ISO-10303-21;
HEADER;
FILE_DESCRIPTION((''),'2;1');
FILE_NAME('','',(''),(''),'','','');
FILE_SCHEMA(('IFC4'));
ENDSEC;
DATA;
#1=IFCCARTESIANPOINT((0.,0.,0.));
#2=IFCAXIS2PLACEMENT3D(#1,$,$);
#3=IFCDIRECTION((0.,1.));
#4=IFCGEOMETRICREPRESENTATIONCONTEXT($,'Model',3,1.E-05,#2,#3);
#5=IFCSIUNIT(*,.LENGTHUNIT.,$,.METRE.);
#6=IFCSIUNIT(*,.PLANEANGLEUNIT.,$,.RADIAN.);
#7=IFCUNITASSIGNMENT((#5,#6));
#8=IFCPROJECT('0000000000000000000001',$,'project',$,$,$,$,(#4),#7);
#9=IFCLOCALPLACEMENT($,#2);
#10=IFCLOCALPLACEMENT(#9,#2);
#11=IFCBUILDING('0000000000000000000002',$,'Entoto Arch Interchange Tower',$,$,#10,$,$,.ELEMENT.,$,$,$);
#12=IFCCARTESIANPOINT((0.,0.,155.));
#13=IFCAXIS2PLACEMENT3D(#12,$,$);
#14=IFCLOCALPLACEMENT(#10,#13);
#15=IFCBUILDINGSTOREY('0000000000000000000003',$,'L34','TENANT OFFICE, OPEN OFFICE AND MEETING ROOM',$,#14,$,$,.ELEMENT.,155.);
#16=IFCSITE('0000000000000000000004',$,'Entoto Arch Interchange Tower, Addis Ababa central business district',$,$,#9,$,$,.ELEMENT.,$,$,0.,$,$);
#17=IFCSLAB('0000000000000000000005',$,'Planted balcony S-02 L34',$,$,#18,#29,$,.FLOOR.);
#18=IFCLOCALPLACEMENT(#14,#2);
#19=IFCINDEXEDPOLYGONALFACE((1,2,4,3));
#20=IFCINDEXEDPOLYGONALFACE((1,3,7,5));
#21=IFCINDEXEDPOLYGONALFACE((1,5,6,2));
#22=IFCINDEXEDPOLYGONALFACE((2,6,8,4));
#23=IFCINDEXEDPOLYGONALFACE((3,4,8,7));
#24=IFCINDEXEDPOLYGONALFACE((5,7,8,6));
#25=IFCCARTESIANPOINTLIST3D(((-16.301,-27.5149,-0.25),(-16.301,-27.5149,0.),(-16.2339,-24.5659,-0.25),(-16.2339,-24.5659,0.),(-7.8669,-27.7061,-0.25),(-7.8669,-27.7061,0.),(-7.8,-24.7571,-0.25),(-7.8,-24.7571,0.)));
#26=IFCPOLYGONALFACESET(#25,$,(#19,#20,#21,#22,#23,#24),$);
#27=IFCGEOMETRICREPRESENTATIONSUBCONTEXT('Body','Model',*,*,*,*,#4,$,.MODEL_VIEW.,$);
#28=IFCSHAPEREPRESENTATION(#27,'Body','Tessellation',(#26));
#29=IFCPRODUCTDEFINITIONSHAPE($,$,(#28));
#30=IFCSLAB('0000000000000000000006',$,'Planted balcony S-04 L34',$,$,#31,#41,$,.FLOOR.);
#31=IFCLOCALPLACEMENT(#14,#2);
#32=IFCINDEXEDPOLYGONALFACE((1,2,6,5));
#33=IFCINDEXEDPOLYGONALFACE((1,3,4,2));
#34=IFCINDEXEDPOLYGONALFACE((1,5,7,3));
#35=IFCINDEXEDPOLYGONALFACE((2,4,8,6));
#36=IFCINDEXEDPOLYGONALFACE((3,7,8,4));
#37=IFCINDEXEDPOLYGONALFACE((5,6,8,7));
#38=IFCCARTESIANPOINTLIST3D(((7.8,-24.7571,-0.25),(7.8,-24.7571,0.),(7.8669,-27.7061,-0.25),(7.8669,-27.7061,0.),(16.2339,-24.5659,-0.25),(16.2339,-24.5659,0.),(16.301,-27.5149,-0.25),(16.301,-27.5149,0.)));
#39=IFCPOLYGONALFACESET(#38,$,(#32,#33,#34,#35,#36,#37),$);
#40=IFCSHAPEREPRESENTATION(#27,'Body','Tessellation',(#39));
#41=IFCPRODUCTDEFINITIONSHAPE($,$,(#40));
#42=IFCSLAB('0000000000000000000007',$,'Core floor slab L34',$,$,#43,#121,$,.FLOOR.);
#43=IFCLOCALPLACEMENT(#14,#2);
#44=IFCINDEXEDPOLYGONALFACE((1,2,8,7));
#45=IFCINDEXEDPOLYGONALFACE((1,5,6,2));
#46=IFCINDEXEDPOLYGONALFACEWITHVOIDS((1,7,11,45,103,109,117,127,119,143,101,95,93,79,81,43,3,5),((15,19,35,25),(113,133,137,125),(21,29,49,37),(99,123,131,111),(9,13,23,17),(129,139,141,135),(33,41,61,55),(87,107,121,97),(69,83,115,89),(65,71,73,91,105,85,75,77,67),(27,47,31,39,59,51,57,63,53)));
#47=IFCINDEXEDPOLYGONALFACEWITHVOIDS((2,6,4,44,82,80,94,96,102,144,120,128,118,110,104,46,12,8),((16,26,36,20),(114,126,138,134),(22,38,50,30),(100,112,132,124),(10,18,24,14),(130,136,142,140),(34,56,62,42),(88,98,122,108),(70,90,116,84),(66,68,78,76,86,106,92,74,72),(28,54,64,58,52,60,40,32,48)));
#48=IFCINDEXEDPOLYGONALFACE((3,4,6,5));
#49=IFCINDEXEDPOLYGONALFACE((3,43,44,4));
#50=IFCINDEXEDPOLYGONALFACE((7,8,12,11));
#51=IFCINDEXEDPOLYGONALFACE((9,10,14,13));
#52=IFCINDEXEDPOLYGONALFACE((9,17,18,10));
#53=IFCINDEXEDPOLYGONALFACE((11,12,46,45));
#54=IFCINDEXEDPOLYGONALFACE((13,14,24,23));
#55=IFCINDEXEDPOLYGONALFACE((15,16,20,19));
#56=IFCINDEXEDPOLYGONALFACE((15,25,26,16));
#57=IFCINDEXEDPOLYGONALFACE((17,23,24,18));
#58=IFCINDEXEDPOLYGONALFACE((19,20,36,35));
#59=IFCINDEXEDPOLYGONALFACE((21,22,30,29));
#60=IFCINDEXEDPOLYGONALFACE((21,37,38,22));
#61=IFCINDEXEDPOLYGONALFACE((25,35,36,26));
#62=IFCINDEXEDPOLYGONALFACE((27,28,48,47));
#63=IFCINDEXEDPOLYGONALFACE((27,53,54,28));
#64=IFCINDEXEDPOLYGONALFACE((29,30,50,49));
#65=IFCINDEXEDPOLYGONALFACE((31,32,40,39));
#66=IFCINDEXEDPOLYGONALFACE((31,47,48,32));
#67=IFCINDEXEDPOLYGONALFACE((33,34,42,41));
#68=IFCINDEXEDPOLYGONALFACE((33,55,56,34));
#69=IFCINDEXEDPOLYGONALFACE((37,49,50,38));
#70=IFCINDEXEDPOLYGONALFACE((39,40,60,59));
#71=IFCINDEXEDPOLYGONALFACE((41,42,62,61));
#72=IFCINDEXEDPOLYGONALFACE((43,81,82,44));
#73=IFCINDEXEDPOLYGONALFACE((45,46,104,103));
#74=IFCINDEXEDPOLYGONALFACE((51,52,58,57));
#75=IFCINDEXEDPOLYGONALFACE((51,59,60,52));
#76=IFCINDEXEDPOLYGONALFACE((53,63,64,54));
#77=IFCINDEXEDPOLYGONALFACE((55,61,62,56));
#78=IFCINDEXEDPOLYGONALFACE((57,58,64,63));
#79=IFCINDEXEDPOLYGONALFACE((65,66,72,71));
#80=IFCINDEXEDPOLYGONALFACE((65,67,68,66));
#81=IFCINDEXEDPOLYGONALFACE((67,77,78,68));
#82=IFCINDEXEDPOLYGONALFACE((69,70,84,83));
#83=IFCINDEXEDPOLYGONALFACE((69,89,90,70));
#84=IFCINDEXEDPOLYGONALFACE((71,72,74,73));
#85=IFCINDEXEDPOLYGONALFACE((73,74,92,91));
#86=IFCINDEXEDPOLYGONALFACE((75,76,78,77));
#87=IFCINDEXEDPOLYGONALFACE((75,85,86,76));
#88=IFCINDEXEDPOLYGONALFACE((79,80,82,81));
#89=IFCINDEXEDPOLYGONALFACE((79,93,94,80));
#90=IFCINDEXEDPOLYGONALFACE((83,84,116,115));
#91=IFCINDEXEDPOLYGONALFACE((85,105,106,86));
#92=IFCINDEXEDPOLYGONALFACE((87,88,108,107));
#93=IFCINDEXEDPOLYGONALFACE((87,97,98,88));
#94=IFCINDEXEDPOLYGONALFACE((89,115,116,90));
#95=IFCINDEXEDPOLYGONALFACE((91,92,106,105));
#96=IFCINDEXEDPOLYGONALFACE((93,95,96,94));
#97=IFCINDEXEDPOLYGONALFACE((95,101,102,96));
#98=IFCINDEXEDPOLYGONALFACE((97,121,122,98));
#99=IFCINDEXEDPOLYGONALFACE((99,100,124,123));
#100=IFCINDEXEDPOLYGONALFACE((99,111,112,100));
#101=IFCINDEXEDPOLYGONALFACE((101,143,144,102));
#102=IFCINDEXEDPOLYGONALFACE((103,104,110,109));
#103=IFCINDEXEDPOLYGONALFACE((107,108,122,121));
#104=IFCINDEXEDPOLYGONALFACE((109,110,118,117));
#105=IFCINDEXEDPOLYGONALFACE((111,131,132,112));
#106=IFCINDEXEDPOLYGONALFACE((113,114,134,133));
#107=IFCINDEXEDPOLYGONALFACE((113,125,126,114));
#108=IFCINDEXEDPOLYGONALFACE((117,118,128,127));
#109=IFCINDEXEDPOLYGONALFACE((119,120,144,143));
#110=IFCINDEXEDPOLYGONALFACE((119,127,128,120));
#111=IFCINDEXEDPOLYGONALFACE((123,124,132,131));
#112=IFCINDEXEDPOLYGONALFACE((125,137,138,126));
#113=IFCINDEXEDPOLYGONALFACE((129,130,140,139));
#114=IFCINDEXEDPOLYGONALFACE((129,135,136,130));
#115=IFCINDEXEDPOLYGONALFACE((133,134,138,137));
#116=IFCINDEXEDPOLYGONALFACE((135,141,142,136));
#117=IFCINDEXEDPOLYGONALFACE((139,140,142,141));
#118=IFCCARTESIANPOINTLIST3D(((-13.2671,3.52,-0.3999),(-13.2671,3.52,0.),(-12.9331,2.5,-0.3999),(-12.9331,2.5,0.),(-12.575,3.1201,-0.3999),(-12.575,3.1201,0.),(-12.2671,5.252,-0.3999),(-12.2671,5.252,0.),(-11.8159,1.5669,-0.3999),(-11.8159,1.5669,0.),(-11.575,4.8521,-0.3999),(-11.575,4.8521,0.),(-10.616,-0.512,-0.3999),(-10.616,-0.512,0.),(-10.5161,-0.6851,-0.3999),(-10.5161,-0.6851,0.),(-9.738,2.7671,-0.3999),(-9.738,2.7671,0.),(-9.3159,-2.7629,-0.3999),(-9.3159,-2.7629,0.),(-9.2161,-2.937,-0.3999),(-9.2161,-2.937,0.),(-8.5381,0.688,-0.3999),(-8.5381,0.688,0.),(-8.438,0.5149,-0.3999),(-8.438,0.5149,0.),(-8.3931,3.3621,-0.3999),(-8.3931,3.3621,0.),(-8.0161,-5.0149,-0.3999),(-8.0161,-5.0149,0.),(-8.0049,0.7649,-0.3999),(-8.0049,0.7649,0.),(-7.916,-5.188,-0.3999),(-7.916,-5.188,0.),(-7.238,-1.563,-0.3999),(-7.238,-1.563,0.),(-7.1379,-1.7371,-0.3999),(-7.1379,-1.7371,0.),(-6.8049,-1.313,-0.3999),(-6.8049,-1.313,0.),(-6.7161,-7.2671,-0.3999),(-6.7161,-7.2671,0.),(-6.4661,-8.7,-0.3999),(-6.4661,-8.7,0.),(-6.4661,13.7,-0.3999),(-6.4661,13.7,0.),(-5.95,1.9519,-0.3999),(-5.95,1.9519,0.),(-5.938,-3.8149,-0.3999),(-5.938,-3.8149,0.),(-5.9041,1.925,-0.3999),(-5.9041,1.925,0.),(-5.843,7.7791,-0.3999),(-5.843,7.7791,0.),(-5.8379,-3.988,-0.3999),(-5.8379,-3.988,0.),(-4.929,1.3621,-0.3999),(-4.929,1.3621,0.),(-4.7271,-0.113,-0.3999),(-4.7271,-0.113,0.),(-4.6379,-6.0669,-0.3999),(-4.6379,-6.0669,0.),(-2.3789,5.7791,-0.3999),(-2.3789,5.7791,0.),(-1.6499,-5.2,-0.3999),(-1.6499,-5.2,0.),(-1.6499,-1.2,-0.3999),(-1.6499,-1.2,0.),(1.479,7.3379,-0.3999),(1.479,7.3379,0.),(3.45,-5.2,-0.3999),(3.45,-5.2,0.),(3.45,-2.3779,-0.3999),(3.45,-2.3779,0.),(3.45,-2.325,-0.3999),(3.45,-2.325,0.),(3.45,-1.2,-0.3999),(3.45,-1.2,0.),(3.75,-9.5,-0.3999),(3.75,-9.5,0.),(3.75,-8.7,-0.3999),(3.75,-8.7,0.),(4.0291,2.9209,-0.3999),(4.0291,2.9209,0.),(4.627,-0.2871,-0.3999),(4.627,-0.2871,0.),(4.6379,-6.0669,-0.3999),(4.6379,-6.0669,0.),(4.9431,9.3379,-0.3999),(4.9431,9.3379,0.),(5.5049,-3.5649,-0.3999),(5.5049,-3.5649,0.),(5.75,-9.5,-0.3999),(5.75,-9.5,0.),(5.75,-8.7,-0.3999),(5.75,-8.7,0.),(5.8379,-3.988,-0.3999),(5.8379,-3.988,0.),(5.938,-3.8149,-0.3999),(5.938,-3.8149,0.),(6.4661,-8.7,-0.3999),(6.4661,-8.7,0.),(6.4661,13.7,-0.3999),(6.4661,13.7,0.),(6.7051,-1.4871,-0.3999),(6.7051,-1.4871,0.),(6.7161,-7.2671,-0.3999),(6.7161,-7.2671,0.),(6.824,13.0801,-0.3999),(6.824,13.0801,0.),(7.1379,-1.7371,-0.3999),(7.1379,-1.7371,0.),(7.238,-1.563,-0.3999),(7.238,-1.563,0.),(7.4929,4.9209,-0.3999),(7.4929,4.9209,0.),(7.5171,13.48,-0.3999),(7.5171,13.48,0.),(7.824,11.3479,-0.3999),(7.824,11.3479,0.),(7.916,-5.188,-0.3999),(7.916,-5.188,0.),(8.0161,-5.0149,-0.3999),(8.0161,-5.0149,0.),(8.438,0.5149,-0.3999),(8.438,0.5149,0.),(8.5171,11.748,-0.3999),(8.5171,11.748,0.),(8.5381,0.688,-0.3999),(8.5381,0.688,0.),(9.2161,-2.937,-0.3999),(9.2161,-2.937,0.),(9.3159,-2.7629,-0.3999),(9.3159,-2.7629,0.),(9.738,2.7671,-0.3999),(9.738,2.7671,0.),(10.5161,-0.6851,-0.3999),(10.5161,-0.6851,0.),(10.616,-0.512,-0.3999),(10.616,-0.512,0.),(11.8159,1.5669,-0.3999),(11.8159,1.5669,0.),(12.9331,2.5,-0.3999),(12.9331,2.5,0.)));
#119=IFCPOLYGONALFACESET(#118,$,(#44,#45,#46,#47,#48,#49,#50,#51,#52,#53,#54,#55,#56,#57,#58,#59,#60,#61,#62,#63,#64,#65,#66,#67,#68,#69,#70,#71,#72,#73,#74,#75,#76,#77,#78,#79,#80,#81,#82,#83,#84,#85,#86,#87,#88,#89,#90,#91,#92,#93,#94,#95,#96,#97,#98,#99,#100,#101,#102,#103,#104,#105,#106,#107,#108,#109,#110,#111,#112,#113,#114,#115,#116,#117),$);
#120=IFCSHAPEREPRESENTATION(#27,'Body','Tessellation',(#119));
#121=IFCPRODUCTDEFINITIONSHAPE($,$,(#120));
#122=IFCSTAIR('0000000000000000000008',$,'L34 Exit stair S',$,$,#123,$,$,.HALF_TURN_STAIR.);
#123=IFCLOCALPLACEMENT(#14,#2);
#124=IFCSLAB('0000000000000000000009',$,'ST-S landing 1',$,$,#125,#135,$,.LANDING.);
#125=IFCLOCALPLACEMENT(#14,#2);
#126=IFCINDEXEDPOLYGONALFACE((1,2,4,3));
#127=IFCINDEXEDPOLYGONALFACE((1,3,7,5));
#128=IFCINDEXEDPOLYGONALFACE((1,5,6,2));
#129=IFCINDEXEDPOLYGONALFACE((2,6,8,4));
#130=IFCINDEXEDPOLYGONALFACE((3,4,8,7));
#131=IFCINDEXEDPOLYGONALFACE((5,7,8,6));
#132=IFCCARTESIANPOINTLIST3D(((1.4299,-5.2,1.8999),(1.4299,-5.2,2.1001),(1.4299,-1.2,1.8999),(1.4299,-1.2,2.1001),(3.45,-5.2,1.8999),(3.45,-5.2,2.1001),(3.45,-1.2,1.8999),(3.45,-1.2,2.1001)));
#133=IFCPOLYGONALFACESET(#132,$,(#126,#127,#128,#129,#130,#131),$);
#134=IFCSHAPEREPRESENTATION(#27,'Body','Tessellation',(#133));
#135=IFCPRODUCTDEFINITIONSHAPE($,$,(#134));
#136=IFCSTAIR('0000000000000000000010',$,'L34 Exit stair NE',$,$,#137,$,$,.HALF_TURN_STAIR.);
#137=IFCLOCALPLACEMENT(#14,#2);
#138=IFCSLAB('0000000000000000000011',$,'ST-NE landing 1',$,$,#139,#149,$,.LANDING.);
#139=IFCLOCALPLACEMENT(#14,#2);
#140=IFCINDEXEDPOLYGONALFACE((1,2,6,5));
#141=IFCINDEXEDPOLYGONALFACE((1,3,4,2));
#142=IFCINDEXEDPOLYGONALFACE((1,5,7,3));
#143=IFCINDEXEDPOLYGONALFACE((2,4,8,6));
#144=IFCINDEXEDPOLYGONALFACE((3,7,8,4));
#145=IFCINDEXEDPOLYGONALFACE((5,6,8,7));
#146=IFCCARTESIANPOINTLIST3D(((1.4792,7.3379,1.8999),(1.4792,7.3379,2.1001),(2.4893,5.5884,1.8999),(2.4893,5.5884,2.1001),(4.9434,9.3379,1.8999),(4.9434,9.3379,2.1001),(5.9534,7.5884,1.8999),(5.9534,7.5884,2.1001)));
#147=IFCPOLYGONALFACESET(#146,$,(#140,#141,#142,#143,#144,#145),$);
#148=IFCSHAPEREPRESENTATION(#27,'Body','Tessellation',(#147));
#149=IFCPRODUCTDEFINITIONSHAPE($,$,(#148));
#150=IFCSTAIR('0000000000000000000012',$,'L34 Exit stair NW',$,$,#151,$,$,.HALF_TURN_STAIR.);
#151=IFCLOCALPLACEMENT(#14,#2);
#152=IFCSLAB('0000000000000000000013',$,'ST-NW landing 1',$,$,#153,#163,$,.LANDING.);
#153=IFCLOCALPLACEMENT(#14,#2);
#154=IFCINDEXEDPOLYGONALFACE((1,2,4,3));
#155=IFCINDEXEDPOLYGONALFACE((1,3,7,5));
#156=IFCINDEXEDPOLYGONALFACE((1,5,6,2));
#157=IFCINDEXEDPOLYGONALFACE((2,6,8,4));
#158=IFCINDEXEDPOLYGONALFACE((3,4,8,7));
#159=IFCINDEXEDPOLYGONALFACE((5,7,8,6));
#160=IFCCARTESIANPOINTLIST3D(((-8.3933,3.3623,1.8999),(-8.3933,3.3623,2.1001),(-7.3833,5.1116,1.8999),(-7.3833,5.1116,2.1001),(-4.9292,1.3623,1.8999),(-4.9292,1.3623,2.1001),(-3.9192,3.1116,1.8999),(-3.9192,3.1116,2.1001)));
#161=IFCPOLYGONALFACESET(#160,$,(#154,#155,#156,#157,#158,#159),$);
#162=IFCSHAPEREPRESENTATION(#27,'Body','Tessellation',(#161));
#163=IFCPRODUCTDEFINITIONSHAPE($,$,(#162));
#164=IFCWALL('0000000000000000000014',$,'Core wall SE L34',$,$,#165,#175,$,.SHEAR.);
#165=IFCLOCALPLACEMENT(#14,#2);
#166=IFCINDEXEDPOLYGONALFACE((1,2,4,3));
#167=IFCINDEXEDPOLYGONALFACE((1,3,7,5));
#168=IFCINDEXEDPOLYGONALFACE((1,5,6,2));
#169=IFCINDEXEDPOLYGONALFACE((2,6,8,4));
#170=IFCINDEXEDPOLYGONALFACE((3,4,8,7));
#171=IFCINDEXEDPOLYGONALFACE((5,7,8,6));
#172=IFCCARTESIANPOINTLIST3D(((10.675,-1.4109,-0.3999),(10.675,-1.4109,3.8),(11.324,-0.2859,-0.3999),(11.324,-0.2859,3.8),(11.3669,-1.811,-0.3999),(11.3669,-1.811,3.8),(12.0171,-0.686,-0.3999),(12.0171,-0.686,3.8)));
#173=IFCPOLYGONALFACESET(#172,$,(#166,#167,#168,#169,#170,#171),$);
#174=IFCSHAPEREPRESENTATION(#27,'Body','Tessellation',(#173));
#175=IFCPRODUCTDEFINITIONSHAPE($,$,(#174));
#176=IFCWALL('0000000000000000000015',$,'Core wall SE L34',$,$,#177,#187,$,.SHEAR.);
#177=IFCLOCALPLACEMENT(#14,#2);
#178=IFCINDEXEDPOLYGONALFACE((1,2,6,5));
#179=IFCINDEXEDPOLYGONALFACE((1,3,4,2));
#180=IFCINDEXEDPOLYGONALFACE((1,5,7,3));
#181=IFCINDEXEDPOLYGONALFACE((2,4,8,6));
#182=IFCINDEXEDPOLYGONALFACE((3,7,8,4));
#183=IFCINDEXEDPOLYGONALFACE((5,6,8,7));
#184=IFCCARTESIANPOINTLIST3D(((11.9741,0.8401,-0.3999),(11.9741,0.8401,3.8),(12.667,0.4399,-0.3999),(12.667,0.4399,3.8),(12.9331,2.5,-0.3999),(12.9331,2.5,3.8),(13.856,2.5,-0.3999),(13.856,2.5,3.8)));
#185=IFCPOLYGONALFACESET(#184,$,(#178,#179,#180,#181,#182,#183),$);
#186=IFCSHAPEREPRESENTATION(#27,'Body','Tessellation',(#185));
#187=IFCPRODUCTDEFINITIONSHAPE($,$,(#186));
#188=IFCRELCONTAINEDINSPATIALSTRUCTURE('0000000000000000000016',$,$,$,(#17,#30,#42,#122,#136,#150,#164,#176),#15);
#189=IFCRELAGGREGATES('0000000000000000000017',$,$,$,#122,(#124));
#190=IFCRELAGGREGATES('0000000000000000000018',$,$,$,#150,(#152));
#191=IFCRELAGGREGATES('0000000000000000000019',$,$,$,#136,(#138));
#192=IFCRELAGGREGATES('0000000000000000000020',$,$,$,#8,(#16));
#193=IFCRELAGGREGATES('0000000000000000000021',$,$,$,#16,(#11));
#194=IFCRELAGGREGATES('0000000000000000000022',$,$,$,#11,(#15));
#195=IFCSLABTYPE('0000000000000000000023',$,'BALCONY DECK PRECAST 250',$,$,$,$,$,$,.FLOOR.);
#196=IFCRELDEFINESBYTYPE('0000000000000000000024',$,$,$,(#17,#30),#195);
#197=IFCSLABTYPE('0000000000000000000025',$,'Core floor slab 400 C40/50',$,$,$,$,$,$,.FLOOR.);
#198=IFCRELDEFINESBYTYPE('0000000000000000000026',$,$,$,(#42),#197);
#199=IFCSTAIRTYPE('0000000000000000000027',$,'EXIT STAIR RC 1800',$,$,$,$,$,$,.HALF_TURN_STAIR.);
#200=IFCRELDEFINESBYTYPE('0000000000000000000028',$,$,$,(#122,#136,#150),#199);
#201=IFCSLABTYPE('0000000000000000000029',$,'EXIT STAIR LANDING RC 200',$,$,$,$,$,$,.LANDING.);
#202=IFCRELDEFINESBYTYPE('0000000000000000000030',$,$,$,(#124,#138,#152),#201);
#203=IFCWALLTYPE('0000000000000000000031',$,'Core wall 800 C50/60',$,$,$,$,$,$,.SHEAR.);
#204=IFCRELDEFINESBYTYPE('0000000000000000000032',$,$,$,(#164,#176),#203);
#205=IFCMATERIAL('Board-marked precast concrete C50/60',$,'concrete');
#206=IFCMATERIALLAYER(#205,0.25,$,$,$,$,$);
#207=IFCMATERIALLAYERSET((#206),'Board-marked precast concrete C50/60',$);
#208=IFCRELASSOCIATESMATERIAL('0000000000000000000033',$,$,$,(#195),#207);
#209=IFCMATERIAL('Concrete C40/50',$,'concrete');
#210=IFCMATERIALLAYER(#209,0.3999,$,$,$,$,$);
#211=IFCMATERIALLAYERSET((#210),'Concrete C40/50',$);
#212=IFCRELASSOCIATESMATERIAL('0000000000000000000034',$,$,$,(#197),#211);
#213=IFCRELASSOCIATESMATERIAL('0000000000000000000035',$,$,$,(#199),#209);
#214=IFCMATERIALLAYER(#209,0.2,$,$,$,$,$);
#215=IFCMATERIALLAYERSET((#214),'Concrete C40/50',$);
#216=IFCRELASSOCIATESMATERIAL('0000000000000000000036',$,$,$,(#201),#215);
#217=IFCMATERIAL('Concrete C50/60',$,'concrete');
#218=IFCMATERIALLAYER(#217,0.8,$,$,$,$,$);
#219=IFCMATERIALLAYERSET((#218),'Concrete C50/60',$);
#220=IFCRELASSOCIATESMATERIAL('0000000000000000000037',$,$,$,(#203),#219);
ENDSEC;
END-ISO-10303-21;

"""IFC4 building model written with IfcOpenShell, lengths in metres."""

from ifc_helpers import new_model, si_unit, direction, frame, origin, place, context, subcontext, project, spatial, polyline, outline, extrude, material, layer, layer_set, type_object, element, aggregate, save


model = new_model("IFC4")

# Units and contexts
model_context = context("Model", 3, precision=1e-05, world=origin(), true_north=direction((0.0, 1.0)))
body_context = subcontext(model_context, "Body", "Model", "MODEL_VIEW")
ifc_project = project(units=[si_unit("LENGTHUNIT", "METRE"), si_unit("PLANEANGLEUNIT", "RADIAN")], contexts=[model_context])

# Site, building, storey
site_placement = place(None, origin())
site = spatial("IfcSite", under=ifc_project, at=site_placement, Name="Entoto Arch Interchange Tower, Addis Ababa central business district", CompositionType="ELEMENT", RefElevation=0.0)
building_placement = place(site_placement, origin())
building = spatial("IfcBuilding", under=site, at=building_placement, Name="Entoto Arch Interchange Tower", CompositionType="ELEMENT")
storey_placement = place(building_placement, frame((0.0, 0.0, 155.0)))
storey = spatial("IfcBuildingStorey", under=building, at=storey_placement, Name="L34", Description="TENANT OFFICE, OPEN OFFICE AND MEETING ROOM", CompositionType="ELEMENT", Elevation=155.0)

# Slabs
ifc_material_1 = material(Name="Board-marked precast concrete C50/60", Category="concrete")
ifc_layer_1 = layer(ifc_material_1, 0.25)
ifc_layer_set_1 = layer_set([ifc_layer_1], Name="Board-marked precast concrete C50/60")
slab_type_1 = type_object("IfcSlabType", Name="BALCONY DECK PRECAST 250", PredefinedType="FLOOR", material=ifc_layer_set_1)
slab_1_placement = place(storey_placement, frame((0.0, 0.0, -0.25)))
element("IfcSlab", 1, at=slab_1_placement, inside=storey, type_object=slab_type_1, Name="Planted balcony S-02 L34", PredefinedType="FLOOR", context=body_context, shape_type="SweptSolid", body=[
    extrude(outline(polyline([(-16.2339, -24.5659), (-7.8, -24.7571), (-7.8669, -27.7061), (-16.301, -27.5149), (-16.2339, -24.5659)])), origin(), (0.0, 0.0, 1.0), 0.25),
])
slab_2_placement = place(storey_placement, frame((0.0, 0.0, -0.25)))
element("IfcSlab", 2, at=slab_2_placement, inside=storey, type_object=slab_type_1, Name="Planted balcony S-04 L34", PredefinedType="FLOOR", context=body_context, shape_type="SweptSolid", body=[
    extrude(outline(polyline([(7.8, -24.7571), (16.2339, -24.5659), (16.301, -27.5149), (7.8669, -27.7061), (7.8, -24.7571)])), origin(), (0.0, 0.0, 1.0), 0.25),
])
ifc_material_2 = material(Name="Concrete C40/50", Category="concrete")
ifc_layer_2 = layer(ifc_material_2, 0.3999)
ifc_layer_set_2 = layer_set([ifc_layer_2], Name="Concrete C40/50")
slab_type_2 = type_object("IfcSlabType", Name="Core floor slab 400 C40/50", PredefinedType="FLOOR", material=ifc_layer_set_2)
slab_3_placement = place(storey_placement, frame((0.0, 0.0, -0.3999)))
element("IfcSlab", 3, at=slab_3_placement, inside=storey, type_object=slab_type_2, Name="Core floor slab L34", PredefinedType="FLOOR", context=body_context, shape_type="SweptSolid", body=[
    extrude(outline(polyline([(5.75, -9.5), (3.75, -9.5), (3.75, -8.7), (-6.4661, -8.7), (-12.9331, 2.5), (-12.575, 3.1201), (-13.2671, 3.52), (-12.2671, 5.252), (-11.575, 4.8521), (-6.4661, 13.7), (6.4661, 13.7), (6.824, 13.0801), (7.5171, 13.48), (8.5171, 11.748), (7.824, 11.3479), (12.9331, 2.5), (6.4661, -8.7), (5.75, -8.7), (5.75, -9.5)]), holes=[polyline([(-5.8379, -3.988), (-7.916, -5.188), (-6.7161, -7.2671), (-4.6379, -6.0669), (-5.8379, -3.988)]), polyline([(-5.938, -3.8149), (-7.1379, -1.7371), (-9.2161, -2.937), (-8.0161, -5.0149), (-5.938, -3.8149)]), polyline([(5.5049, -3.5649), (6.7051, -1.4871), (4.627, -0.2871), (3.45, -2.325), (3.45, -1.2), (-1.6499, -1.2), (-1.6499, -5.2), (3.45, -5.2), (3.45, -2.3779), (5.5049, -3.5649)]), polyline([(-8.438, 0.5149), (-10.5161, -0.6851), (-9.3159, -2.7629), (-7.238, -1.563), (-8.438, 0.5149)]), polyline([(-4.7271, -0.113), (-5.9041, 1.925), (-4.929, 1.3621), (-2.3789, 5.7791), (-5.843, 7.7791), (-8.3931, 3.3621), (-5.95, 1.9519), (-8.0049, 0.7649), (-6.8049, -1.313), (-4.7271, -0.113)]), polyline([(-8.5381, 0.688), (-9.738, 2.7671), (-11.8159, 1.5669), (-10.616, -0.512), (-8.5381, 0.688)]), polyline([(5.8379, -3.988), (4.6379, -6.0669), (6.7161, -7.2671), (7.916, -5.188), (5.8379, -3.988)]), polyline([(7.1379, -1.7371), (5.938, -3.8149), (8.0161, -5.0149), (9.2161, -2.937), (7.1379, -1.7371)]), polyline([(8.438, 0.5149), (7.238, -1.563), (9.3159, -2.7629), (10.5161, -0.6851), (8.438, 0.5149)]), polyline([(9.738, 2.7671), (8.5381, 0.688), (10.616, -0.512), (11.8159, 1.5669), (9.738, 2.7671)]), polyline([(4.0291, 2.9209), (7.4929, 4.9209), (4.9431, 9.3379), (1.479, 7.3379), (4.0291, 2.9209)])]), origin(), (0.0, 0.0, 1.0), 0.3999),
])

# Stairs, slabs
stair_type = type_object("IfcStairType", Name="EXIT STAIR RC 1800", PredefinedType="HALF_TURN_STAIR", material=ifc_material_2)
stair_1_placement = place(storey_placement, origin())
stair_1 = element("IfcStair", 4, at=stair_1_placement, inside=storey, type_object=stair_type, Name="L34 Exit stair S", PredefinedType="HALF_TURN_STAIR")
ifc_layer_3 = layer(ifc_material_2, 0.2)
ifc_layer_set_3 = layer_set([ifc_layer_3], Name="Concrete C40/50")
slab_type_3 = type_object("IfcSlabType", Name="EXIT STAIR LANDING RC 200", PredefinedType="LANDING", material=ifc_layer_set_3)
slab_4_placement = place(storey_placement, frame((0.0, 0.0, 1.8999)))
slab_4 = element("IfcSlab", 5, at=slab_4_placement, type_object=slab_type_3, Name="ST-S landing 1", PredefinedType="LANDING", context=body_context, shape_type="SweptSolid", body=[
    extrude(outline(polyline([(1.4299, -5.2), (3.45, -5.2), (3.45, -1.2), (1.4299, -1.2), (1.4299, -5.2)])), origin(), (0.0, 0.0, 1.0), 0.2002),
])
aggregate(stair_1, [slab_4])
stair_2_placement = place(storey_placement, origin())
stair_2 = element("IfcStair", 6, at=stair_2_placement, inside=storey, type_object=stair_type, Name="L34 Exit stair NE", PredefinedType="HALF_TURN_STAIR")
slab_5_placement = place(storey_placement, frame((0.0, 0.0, 1.8999)))
slab_5 = element("IfcSlab", 7, at=slab_5_placement, type_object=slab_type_3, Name="ST-NE landing 1", PredefinedType="LANDING", context=body_context, shape_type="SweptSolid", body=[
    extrude(outline(polyline([(5.9534, 7.5884), (4.9434, 9.3379), (1.4792, 7.3379), (2.4893, 5.5884), (5.9534, 7.5884)])), origin(), (0.0, 0.0, 1.0), 0.2002),
])
stair_3_placement = place(storey_placement, origin())
stair_3 = element("IfcStair", 8, at=stair_3_placement, inside=storey, type_object=stair_type, Name="L34 Exit stair NW", PredefinedType="HALF_TURN_STAIR")
slab_6_placement = place(storey_placement, frame((0.0, 0.0, 1.8999)))
slab_6 = element("IfcSlab", 9, at=slab_6_placement, type_object=slab_type_3, Name="ST-NW landing 1", PredefinedType="LANDING", context=body_context, shape_type="SweptSolid", body=[
    extrude(outline(polyline([(-7.3833, 5.1116), (-8.3933, 3.3623), (-4.9292, 1.3623), (-3.9192, 3.1116), (-7.3833, 5.1116)])), origin(), (0.0, 0.0, 1.0), 0.2002),
])
aggregate(stair_3, [slab_6])

# Walls
ifc_material_3 = material(Name="Concrete C50/60", Category="concrete")
ifc_layer_4 = layer(ifc_material_3, 0.8)
ifc_layer_set_4 = layer_set([ifc_layer_4], Name="Concrete C50/60")
wall_type_1 = type_object("IfcWallType", Name="Core wall 800 C50/60", PredefinedType="SHEAR", material=ifc_layer_set_4)
wall_1_placement = place(storey_placement, frame((0.0, 0.0, -0.3999)))
element("IfcWall", 10, at=wall_1_placement, inside=storey, type_object=wall_type_1, Name="Core wall SE L34", PredefinedType="SHEAR", context=body_context, shape_type="SweptSolid", body=[
    extrude(outline(polyline([(12.0171, -0.686), (11.324, -0.2859), (10.675, -1.4109), (11.3669, -1.811), (12.0171, -0.686)])), origin(), (0.0, 0.0, 1.0), 4.2),
])
wall_2_placement = place(storey_placement, frame((0.0, 0.0, -0.3999)))
element("IfcWall", 11, at=wall_2_placement, inside=storey, type_object=wall_type_1, Name="Core wall SE L34", PredefinedType="SHEAR", context=body_context, shape_type="SweptSolid", body=[
    extrude(outline(polyline([(11.9741, 0.8401), (12.667, 0.4399), (13.856, 2.5), (12.9331, 2.5), (11.9741, 0.8401)])), origin(), (0.0, 0.0, 1.0), 4.2),
])

aggregate(stair_2, [slab_5])

save(model, "model.ifc")
